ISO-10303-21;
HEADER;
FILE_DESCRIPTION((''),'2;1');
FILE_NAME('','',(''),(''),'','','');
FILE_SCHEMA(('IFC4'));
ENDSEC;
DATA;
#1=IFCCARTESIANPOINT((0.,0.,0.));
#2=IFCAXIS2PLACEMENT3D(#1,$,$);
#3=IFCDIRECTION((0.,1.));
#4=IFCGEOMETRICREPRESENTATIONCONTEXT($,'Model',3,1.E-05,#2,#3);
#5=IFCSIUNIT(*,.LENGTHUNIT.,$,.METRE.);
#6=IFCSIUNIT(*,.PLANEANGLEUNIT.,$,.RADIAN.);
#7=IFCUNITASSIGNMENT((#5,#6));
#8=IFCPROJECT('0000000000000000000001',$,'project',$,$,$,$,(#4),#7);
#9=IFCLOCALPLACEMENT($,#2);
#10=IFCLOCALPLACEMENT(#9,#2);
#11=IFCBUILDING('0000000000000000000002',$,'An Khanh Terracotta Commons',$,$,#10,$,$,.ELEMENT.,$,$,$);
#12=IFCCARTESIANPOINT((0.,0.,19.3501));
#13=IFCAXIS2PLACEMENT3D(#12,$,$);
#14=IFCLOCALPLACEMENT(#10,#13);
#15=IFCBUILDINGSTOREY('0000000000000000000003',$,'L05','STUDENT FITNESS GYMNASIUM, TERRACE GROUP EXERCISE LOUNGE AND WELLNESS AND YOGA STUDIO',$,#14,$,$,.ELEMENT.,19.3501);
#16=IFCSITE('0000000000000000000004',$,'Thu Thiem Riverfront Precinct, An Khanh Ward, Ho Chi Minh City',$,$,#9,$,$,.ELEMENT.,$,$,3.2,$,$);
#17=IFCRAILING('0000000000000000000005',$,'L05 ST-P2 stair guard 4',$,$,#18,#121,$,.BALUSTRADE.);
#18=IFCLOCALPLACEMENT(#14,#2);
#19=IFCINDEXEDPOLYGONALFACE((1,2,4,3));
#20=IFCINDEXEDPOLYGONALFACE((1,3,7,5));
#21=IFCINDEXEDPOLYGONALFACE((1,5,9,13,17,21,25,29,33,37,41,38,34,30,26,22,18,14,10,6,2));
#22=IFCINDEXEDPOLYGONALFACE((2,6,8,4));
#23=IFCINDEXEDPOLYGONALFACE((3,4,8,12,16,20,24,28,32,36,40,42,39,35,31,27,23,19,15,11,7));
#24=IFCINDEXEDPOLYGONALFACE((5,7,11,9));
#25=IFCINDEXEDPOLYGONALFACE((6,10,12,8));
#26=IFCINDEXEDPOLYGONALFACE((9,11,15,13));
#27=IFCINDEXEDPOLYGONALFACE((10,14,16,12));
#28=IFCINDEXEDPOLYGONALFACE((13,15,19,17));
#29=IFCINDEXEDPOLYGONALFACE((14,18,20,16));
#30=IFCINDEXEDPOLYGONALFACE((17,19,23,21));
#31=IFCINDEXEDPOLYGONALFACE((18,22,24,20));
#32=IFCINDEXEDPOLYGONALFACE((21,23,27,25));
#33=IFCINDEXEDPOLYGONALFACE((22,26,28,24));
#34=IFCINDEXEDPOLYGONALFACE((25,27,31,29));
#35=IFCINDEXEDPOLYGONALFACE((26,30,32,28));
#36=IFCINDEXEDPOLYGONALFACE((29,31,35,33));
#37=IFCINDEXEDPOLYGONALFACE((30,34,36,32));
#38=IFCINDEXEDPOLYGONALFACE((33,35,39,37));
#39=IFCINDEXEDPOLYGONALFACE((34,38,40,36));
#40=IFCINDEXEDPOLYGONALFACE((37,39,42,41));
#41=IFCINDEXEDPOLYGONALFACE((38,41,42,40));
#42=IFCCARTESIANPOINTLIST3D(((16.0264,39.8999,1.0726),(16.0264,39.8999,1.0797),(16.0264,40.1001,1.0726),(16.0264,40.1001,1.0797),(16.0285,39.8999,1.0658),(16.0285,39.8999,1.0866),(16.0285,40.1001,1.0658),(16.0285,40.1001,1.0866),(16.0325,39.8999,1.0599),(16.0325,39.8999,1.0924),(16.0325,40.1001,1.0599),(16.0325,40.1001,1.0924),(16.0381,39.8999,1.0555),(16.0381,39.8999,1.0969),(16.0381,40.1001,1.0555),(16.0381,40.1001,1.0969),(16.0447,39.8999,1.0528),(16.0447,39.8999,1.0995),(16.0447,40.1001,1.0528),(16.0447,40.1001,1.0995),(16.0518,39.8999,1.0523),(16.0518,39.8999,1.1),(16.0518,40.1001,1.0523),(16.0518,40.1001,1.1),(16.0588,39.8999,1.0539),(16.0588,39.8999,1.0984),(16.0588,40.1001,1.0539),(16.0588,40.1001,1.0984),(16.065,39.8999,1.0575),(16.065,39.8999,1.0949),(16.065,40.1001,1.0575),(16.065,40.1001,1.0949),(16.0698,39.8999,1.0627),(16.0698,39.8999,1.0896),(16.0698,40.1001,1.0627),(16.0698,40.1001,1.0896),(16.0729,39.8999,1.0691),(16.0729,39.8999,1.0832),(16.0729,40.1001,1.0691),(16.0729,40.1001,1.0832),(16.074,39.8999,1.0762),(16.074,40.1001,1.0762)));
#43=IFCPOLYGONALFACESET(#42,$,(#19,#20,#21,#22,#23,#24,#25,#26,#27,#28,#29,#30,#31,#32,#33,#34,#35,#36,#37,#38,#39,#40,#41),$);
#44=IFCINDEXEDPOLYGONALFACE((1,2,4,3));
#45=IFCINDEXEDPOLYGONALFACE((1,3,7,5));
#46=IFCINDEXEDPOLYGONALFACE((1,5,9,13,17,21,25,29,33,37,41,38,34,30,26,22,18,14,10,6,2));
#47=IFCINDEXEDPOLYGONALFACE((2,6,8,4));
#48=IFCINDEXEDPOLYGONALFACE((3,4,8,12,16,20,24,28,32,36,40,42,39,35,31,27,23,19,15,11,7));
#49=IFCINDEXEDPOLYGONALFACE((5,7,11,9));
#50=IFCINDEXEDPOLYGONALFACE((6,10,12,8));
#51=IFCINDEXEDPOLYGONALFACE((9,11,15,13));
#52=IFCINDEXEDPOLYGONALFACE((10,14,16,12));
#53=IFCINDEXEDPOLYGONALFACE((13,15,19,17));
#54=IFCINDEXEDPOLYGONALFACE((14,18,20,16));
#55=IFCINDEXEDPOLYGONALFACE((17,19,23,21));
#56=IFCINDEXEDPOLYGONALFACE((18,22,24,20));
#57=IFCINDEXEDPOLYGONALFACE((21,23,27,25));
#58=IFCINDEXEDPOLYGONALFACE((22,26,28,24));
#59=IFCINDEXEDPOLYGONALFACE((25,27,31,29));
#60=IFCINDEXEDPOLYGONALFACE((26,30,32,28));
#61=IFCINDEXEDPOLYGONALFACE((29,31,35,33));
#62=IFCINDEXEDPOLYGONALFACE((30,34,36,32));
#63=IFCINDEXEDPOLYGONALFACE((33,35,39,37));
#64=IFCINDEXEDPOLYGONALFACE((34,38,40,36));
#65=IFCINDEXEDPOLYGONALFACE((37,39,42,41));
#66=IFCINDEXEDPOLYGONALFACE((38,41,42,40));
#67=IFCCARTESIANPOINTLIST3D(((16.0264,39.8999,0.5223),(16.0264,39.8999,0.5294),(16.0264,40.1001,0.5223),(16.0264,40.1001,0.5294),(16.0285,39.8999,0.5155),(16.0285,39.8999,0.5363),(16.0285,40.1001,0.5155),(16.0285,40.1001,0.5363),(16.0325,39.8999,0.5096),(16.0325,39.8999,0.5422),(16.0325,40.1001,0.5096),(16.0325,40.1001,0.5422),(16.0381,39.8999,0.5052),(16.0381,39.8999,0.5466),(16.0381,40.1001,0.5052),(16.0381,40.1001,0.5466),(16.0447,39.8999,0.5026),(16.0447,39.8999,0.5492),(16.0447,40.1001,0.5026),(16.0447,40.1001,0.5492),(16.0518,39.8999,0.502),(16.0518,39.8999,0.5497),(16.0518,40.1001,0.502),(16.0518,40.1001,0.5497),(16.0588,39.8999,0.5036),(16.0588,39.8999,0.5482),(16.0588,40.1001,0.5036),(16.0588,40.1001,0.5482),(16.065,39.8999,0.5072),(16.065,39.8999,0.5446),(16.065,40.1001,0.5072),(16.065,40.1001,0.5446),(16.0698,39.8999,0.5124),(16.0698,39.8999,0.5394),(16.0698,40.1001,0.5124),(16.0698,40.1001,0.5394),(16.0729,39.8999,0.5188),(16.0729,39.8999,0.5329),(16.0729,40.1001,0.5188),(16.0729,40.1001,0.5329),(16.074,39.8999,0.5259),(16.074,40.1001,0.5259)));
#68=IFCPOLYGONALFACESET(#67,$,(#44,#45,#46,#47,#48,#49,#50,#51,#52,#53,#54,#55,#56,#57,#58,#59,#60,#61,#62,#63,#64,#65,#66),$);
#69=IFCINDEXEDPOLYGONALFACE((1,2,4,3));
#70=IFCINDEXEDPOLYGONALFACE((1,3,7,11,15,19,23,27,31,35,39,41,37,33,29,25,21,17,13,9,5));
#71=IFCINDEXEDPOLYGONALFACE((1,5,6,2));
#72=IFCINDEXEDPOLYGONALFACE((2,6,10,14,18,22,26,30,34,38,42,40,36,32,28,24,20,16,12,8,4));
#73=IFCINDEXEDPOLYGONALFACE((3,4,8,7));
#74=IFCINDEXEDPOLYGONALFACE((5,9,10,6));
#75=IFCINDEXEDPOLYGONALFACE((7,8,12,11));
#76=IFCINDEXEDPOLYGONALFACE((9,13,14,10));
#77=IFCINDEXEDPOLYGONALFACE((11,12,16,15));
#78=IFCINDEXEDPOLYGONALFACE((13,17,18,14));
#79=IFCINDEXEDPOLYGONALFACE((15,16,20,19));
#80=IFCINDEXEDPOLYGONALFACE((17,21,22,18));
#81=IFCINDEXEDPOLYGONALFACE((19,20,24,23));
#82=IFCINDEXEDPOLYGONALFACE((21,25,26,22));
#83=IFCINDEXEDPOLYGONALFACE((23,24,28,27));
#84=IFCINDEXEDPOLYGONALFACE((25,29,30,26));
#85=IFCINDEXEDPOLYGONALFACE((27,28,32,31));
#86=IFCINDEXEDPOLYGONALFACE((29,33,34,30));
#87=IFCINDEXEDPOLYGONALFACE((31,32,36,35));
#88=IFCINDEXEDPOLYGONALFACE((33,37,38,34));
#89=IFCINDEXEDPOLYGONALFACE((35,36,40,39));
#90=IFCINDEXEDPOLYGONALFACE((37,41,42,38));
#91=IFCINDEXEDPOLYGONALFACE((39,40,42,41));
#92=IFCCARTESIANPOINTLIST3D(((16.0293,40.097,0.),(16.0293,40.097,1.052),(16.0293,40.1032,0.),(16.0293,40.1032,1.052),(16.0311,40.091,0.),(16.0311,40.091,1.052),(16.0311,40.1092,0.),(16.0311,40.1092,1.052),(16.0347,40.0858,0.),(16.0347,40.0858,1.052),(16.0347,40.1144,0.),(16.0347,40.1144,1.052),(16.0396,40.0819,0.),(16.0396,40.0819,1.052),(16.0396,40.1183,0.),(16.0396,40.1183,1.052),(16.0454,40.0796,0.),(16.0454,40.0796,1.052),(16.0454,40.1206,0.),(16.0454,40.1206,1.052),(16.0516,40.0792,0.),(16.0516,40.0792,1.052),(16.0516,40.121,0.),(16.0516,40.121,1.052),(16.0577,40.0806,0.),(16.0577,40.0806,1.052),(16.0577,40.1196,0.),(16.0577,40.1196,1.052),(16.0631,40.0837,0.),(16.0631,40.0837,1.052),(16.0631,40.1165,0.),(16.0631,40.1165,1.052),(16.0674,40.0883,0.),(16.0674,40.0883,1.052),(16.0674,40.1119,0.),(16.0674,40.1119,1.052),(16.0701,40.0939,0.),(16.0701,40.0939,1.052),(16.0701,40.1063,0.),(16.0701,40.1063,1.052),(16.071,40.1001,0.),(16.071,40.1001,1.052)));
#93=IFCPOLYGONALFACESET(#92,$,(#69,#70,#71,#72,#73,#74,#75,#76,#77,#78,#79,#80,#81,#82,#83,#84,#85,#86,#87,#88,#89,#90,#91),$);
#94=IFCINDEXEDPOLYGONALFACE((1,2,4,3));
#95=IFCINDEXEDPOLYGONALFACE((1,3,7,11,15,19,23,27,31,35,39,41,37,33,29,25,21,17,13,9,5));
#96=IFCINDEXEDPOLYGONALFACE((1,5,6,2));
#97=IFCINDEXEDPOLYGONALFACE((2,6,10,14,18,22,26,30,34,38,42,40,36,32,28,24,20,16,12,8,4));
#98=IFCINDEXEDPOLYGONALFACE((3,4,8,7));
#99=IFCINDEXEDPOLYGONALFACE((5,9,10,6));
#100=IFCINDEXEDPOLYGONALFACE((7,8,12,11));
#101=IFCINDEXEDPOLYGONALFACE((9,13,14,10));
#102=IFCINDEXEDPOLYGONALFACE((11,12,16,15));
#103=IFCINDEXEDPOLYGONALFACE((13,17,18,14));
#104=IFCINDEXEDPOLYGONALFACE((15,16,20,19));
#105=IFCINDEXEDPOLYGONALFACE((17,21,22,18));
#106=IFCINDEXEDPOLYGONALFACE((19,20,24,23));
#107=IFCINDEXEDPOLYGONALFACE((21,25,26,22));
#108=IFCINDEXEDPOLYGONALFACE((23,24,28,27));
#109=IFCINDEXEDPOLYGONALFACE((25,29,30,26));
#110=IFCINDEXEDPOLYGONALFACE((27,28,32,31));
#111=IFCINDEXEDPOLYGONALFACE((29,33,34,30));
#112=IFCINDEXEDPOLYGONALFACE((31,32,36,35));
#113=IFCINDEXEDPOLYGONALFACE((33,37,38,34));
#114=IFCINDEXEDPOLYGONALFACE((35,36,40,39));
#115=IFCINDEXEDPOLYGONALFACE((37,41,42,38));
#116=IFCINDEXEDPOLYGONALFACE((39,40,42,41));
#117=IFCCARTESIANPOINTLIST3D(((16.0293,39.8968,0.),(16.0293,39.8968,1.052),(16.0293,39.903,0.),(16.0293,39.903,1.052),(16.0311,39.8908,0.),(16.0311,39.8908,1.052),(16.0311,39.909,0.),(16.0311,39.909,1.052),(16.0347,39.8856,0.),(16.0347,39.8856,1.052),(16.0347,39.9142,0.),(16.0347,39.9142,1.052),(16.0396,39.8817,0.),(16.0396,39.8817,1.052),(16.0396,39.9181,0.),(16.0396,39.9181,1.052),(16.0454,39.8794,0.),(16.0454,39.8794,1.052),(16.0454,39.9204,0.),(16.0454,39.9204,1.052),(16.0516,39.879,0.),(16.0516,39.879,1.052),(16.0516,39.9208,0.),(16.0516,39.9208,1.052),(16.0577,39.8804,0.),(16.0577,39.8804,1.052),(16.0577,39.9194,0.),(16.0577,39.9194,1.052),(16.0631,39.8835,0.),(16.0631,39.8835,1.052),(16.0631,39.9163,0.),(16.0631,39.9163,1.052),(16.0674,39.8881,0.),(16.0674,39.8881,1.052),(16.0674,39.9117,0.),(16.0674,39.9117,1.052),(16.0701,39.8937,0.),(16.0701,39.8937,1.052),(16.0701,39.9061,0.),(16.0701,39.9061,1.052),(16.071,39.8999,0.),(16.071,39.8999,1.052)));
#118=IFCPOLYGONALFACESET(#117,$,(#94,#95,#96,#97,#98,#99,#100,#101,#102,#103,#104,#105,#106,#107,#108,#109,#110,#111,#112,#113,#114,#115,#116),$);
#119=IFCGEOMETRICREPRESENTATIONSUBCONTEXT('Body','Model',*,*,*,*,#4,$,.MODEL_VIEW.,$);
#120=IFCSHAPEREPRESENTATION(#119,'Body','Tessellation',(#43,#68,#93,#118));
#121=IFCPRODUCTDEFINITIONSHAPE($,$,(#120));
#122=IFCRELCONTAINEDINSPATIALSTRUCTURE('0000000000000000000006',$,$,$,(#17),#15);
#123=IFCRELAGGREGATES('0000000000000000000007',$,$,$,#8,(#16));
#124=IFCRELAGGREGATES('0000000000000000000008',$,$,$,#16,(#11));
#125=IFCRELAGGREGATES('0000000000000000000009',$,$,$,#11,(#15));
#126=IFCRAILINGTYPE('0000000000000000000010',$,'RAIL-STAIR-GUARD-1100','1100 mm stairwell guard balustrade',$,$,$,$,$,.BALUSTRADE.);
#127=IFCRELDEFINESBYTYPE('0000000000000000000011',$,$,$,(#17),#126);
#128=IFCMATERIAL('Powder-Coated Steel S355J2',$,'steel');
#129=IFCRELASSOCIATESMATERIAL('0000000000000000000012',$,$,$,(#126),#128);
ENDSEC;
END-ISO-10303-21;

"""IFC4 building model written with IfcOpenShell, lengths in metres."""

from ifc_helpers import new_model, si_unit, direction, frame, origin, origin_2d, place, context, subcontext, project, spatial, circle, extrude, material, type_object, element, save


model = new_model("IFC4")

# Units and contexts
model_context = context("Model", 3, precision=1e-05, world=origin(), true_north=direction((0.0, 1.0)))
body_context = subcontext(model_context, "Body", "Model", "MODEL_VIEW")
ifc_project = project(units=[si_unit("LENGTHUNIT", "METRE"), si_unit("PLANEANGLEUNIT", "RADIAN")], contexts=[model_context])

# Site, building, storey
site_placement = place(None, origin())
site = spatial("IfcSite", under=ifc_project, at=site_placement, Name="Thu Thiem Riverfront Precinct, An Khanh Ward, Ho Chi Minh City", CompositionType="ELEMENT", RefElevation=3.2)
building_placement = place(site_placement, origin())
building = spatial("IfcBuilding", under=site, at=building_placement, Name="An Khanh Terracotta Commons", CompositionType="ELEMENT")
storey_placement = place(building_placement, frame((0.0, 0.0, 19.3501)))
storey = spatial("IfcBuildingStorey", under=building, at=storey_placement, Name="L05", Description="STUDENT FITNESS GYMNASIUM, TERRACE GROUP EXERCISE LOUNGE AND WELLNESS AND YOGA STUDIO", CompositionType="ELEMENT", Elevation=19.3501)

# Railing
ifc_material_1 = material(Name="Powder-Coated Steel S355J2", Category="steel")
railing_type_1 = type_object("IfcRailingType", Name="RAIL-STAIR-GUARD-1100", Description="1100 mm stairwell guard balustrade", PredefinedType="BALUSTRADE", material=ifc_material_1)
railing_1_placement = place(storey_placement, frame((16.05, 40.1001, 0.0)))
element("IfcRailing", 1, at=railing_1_placement, inside=storey, type_object=railing_type_1, Name="L05 ST-P2 stair guard 4", PredefinedType="BALUSTRADE", context=body_context, shape_type="SweptSolid", body=[
    extrude(circle(Radius=0.0239, at=origin_2d()), frame((0.0, 0.0, 1.0762), z_axis=(0.0, -1.0, 0.0), x_axis=(1.0, 0.0, 0.0)), (0.0, 0.0, 1.0), 0.2002),
    extrude(circle(Radius=0.0239, at=origin_2d()), frame((0.0, 0.0, 0.5259), z_axis=(0.0, -1.0, 0.0), x_axis=(1.0, 0.0, 0.0)), (0.0, 0.0, 1.0), 0.2002),
    extrude(circle(Radius=0.021, at=origin_2d()), origin(), (0.0, 0.0, 1.0), 1.052),
    extrude(circle(Radius=0.021, at=origin_2d()), frame((0.0, -0.2002, 0.0)), (0.0, 0.0, 1.0), 1.052),
])

save(model, "model.ifc")
